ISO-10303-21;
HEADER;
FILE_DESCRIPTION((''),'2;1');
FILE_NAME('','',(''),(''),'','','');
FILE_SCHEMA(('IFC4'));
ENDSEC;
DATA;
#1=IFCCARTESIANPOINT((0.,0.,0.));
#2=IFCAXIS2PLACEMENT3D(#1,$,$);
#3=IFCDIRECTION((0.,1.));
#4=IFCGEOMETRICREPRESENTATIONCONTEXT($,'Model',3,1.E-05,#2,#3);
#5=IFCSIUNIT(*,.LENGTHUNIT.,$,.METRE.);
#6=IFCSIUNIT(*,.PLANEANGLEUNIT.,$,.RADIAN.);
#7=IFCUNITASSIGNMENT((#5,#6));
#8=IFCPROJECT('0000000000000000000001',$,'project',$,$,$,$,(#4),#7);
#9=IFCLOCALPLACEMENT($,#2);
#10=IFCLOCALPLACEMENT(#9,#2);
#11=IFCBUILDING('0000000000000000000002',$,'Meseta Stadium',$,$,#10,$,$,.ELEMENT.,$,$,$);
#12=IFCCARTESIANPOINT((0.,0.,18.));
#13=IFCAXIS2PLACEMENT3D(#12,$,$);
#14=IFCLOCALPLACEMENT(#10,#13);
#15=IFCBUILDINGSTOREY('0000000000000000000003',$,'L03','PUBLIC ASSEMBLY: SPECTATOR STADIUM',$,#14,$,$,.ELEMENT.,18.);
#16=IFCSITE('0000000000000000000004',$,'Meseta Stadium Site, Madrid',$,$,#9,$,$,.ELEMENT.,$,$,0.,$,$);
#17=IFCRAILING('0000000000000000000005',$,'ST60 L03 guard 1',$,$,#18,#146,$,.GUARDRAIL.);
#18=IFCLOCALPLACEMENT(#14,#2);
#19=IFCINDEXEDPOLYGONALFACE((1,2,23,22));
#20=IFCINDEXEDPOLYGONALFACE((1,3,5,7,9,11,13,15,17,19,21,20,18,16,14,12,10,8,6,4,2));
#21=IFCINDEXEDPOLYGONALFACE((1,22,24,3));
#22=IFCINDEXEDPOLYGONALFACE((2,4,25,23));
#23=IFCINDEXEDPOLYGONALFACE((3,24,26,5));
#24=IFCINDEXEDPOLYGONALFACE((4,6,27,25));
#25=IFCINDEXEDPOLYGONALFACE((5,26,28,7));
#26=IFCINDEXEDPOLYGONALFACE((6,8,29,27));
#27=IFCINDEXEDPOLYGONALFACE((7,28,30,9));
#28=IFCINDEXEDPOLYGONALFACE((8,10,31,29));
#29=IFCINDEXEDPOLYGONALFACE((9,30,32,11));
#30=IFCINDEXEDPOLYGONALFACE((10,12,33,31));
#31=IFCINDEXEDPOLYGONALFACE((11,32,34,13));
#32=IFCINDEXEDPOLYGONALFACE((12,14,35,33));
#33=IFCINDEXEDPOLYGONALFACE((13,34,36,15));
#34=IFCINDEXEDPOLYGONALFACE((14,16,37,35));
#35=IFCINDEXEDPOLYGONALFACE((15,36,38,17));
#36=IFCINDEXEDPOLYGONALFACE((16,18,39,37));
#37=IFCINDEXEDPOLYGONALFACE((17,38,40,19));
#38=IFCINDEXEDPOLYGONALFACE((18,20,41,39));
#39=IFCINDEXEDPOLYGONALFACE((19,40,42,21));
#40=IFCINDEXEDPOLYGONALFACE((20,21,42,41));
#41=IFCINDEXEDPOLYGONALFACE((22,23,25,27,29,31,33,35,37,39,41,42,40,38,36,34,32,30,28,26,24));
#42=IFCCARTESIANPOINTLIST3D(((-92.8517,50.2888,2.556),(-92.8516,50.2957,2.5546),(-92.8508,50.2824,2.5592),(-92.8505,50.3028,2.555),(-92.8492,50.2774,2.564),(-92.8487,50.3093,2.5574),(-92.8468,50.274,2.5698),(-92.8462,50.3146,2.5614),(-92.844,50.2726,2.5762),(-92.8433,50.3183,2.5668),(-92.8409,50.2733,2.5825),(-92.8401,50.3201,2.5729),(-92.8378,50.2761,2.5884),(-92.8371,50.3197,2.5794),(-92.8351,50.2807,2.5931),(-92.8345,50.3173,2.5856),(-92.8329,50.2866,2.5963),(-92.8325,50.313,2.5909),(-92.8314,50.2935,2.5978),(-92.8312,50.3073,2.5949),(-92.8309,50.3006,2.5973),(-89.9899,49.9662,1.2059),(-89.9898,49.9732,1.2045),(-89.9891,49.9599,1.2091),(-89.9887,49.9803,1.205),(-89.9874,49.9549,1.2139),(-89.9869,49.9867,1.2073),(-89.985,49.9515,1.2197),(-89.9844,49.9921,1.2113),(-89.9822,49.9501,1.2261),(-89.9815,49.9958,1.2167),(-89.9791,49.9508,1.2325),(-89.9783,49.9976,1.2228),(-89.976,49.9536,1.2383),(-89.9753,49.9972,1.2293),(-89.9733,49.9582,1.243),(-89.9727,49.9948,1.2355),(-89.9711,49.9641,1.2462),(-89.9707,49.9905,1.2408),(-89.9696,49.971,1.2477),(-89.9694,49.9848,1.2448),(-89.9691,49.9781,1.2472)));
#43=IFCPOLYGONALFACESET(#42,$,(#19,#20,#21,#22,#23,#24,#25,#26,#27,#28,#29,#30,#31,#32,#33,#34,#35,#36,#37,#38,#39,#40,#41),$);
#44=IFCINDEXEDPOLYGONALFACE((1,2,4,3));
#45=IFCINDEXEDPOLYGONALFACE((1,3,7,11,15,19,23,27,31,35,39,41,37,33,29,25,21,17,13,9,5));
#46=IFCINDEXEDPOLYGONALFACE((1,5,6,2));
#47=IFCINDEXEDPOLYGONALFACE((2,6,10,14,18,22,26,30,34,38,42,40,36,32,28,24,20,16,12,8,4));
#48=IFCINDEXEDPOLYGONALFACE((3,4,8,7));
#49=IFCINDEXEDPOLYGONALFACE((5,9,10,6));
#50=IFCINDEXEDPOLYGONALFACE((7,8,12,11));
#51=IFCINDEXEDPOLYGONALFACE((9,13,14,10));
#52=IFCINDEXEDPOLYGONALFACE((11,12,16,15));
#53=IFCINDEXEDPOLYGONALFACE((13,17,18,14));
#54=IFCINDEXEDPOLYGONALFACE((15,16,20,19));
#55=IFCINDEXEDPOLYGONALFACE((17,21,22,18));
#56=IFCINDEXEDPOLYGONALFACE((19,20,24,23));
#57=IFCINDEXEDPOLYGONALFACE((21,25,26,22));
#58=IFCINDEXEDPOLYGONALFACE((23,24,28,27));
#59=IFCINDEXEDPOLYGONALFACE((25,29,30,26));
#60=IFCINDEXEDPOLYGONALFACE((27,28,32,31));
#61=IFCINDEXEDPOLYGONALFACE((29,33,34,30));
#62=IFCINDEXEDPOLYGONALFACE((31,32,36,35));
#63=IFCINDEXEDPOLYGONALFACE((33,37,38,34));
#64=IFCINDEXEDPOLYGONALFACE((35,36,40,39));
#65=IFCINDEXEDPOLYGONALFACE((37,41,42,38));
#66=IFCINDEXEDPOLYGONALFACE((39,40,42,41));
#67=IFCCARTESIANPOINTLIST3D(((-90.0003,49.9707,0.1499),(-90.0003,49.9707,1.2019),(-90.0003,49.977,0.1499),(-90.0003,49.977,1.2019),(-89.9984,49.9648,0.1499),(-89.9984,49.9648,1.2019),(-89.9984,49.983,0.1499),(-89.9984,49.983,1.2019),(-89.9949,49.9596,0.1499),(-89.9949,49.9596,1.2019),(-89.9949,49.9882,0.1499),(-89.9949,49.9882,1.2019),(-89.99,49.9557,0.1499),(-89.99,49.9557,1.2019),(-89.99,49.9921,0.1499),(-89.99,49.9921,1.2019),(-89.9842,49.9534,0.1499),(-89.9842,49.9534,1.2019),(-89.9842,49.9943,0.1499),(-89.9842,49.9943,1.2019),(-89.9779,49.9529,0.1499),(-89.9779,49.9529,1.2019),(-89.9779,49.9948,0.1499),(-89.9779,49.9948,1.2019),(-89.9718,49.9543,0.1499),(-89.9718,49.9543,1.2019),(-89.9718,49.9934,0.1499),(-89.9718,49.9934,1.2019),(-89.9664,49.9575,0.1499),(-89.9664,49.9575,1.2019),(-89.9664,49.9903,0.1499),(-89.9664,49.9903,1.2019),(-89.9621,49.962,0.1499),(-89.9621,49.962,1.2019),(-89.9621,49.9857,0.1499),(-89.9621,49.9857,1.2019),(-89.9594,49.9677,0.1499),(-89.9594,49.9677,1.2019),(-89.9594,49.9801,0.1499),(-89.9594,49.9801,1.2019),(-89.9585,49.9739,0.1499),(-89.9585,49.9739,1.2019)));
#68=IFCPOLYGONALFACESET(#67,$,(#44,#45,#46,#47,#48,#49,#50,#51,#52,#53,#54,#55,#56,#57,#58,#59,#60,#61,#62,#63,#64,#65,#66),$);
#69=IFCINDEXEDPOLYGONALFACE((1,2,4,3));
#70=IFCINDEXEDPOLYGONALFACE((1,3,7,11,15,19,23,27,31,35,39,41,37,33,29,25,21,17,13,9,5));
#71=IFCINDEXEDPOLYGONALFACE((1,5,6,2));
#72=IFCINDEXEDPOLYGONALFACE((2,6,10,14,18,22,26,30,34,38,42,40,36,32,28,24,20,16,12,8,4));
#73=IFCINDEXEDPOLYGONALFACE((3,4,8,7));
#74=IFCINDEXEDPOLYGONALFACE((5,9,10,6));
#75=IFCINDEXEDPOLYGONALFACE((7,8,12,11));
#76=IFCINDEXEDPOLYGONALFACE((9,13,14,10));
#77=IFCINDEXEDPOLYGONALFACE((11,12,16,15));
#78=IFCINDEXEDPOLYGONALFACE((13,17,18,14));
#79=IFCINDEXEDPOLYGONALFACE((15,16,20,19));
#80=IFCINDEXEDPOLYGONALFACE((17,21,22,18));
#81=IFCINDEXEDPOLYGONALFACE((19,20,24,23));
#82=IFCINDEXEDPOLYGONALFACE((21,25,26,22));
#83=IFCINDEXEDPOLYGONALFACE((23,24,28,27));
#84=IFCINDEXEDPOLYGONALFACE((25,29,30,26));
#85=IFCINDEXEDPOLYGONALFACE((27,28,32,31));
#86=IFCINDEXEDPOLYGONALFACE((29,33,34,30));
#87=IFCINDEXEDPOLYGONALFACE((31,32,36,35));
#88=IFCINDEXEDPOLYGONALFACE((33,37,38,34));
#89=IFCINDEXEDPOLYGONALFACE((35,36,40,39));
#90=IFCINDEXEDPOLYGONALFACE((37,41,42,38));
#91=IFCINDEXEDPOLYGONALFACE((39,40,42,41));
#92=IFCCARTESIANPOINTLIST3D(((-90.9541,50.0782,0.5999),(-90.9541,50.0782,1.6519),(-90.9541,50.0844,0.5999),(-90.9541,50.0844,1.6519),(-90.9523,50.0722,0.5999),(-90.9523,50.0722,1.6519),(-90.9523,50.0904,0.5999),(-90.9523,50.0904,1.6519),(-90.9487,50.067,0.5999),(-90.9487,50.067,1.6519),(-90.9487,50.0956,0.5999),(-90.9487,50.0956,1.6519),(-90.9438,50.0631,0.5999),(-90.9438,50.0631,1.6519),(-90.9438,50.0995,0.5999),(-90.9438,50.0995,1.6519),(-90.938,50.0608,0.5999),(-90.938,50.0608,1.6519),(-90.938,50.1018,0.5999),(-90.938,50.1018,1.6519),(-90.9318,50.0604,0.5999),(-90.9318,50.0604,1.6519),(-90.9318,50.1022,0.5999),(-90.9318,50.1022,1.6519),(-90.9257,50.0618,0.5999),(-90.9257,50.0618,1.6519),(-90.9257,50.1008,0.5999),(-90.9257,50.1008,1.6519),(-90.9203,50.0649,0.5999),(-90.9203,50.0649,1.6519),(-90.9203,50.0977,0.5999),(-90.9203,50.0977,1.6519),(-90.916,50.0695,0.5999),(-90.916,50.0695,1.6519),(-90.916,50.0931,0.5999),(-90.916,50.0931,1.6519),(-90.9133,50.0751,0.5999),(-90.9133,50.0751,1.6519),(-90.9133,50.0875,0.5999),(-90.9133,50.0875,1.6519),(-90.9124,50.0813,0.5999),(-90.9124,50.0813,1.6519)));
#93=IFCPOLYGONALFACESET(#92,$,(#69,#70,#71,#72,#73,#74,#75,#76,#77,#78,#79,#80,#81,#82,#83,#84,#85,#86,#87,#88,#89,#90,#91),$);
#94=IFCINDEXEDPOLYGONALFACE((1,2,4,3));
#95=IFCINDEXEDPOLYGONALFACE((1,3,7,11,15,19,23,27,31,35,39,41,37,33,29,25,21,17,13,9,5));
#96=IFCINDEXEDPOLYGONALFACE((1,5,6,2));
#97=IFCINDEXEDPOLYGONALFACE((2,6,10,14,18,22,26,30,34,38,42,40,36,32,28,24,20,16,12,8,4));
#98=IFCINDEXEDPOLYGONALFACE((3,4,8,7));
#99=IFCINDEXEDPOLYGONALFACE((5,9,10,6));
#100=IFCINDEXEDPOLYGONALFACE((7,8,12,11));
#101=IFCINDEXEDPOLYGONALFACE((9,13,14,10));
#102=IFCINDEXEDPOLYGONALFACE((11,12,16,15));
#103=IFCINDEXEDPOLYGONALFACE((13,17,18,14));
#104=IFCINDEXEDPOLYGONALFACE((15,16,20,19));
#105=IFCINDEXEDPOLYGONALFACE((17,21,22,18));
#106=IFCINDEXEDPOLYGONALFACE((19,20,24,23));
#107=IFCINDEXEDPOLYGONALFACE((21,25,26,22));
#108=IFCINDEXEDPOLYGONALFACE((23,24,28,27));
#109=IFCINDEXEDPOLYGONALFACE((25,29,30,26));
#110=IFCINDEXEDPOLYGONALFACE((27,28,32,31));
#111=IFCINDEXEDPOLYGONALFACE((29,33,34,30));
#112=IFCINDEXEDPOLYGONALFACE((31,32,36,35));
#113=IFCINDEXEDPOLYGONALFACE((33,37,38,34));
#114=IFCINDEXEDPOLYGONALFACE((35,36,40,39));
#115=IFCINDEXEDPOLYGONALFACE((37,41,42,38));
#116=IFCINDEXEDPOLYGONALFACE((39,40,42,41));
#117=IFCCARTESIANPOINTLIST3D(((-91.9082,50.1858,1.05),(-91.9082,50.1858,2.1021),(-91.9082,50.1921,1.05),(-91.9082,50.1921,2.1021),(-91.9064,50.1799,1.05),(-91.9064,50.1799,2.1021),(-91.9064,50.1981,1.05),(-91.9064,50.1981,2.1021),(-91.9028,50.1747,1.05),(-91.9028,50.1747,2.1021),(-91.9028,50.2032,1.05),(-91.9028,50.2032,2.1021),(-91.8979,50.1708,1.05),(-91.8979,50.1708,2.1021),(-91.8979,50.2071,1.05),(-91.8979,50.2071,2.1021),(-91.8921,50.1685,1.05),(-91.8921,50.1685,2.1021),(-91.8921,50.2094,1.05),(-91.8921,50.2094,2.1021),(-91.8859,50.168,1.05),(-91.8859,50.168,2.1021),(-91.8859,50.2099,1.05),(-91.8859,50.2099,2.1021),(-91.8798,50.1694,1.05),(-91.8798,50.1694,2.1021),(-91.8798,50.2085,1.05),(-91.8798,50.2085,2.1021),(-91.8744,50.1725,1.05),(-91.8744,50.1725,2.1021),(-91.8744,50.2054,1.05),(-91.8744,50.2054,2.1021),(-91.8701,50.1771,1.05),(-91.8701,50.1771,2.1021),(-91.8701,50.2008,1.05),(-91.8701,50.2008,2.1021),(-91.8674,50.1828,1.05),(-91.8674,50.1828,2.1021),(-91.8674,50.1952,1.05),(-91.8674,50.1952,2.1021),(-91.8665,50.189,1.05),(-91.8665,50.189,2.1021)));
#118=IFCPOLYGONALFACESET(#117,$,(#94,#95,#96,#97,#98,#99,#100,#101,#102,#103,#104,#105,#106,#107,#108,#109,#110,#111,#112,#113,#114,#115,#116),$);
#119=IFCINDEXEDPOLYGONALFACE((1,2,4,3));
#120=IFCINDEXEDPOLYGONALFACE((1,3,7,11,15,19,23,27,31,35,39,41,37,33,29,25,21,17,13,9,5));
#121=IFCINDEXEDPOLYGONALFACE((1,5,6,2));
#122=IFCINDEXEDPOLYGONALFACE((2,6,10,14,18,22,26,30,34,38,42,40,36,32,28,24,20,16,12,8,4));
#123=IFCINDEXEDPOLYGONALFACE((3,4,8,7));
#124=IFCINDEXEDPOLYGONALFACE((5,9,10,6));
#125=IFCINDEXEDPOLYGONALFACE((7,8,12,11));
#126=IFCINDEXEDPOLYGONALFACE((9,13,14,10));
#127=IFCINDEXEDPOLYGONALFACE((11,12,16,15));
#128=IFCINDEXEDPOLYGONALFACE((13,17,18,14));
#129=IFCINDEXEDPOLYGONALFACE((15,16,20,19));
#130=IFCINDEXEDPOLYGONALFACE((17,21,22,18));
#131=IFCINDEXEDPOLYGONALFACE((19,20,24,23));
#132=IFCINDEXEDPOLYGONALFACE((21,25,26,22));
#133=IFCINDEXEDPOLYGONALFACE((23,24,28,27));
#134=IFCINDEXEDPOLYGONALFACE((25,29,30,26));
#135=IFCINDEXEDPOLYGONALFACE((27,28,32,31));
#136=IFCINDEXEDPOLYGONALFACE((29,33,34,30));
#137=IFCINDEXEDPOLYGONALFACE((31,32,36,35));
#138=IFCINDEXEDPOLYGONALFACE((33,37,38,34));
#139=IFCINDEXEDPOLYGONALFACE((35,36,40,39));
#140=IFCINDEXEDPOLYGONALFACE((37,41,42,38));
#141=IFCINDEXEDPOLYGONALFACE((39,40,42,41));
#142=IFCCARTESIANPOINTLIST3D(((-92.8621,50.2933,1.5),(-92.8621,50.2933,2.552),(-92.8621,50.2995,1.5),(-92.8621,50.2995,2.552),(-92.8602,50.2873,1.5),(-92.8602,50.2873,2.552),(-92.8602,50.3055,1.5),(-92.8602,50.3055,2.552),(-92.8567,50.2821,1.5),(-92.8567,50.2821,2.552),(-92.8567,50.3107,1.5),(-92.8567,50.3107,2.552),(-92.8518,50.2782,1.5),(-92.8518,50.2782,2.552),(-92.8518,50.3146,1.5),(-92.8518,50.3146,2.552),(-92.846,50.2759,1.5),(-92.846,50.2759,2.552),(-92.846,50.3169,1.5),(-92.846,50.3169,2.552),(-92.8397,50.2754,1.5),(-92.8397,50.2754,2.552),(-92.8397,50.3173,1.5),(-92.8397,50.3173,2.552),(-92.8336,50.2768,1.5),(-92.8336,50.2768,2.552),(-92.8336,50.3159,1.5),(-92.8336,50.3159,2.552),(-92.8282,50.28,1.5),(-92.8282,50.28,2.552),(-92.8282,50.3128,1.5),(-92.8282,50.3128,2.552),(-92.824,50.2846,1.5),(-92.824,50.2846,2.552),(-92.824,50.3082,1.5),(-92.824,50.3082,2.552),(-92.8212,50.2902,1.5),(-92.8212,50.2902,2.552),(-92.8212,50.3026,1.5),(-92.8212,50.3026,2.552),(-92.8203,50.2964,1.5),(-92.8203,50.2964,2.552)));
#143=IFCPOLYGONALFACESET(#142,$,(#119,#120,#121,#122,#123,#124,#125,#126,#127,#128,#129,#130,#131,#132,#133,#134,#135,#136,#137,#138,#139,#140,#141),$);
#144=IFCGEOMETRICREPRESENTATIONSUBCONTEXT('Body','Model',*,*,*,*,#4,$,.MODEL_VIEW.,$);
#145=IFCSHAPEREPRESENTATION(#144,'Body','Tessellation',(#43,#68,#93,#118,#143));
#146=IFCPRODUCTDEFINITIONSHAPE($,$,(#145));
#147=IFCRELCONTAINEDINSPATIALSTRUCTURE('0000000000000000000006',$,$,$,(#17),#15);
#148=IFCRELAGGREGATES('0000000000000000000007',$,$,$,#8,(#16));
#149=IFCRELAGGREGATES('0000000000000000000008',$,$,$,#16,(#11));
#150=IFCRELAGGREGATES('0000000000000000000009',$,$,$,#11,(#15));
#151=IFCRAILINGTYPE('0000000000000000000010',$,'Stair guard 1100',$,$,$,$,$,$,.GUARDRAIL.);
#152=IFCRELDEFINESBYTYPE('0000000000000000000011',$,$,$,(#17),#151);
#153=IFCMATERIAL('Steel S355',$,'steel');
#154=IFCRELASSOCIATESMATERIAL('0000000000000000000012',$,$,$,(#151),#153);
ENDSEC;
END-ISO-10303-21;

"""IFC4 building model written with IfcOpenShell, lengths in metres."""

from ifc_helpers import new_model, si_unit, direction, frame, origin, origin_2d, place, context, subcontext, project, spatial, circle, extrude, material, type_object, element, save


model = new_model("IFC4")

# Units and contexts
model_context = context("Model", 3, precision=1e-05, world=origin(), true_north=direction((0.0, 1.0)))
body_context = subcontext(model_context, "Body", "Model", "MODEL_VIEW")
ifc_project = project(units=[si_unit("LENGTHUNIT", "METRE"), si_unit("PLANEANGLEUNIT", "RADIAN")], contexts=[model_context])

# Site, building, storey
site_placement = place(None, origin())
site = spatial("IfcSite", under=ifc_project, at=site_placement, Name="Meseta Stadium Site, Madrid", CompositionType="ELEMENT", RefElevation=0.0)
building_placement = place(site_placement, origin())
building = spatial("IfcBuilding", under=site, at=building_placement, Name="Meseta Stadium", CompositionType="ELEMENT")
storey_placement = place(building_placement, frame((0.0, 0.0, 18.0)))
storey = spatial("IfcBuildingStorey", under=building, at=storey_placement, Name="L03", Description="PUBLIC ASSEMBLY: SPECTATOR STADIUM", CompositionType="ELEMENT", Elevation=18.0)

# Railing
ifc_material_1 = material(Name="Steel S355", Category="steel")
railing_type_1 = type_object("IfcRailingType", Name="Stair guard 1100", PredefinedType="GUARDRAIL", material=ifc_material_1)
railing_1_placement = place(storey_placement, frame((-89.9795, 49.9739, 0.1499)))
element("IfcRailing", 1, at=railing_1_placement, inside=storey, type_object=railing_type_1, Name="ST60 L03 guard 1", PredefinedType="GUARDRAIL", context=body_context, shape_type="SweptSolid", body=[
    extrude(circle(Radius=0.0239, at=origin_2d()), frame((0.0, 0.0, 1.0762), z_axis=(-0.899748, 0.101396, 0.424467), x_axis=(-0.111985, -0.99371, 0.0)), (0.0, 0.0, 1.0), 3.1807),
    extrude(circle(Radius=0.021, at=origin_2d()), origin(), (0.0, 0.0, 1.0), 1.052),
    extrude(circle(Radius=0.021, at=origin_2d()), frame((-0.9539, 0.1074, 0.45)), (0.0, 0.0, 1.0), 1.052),
    extrude(circle(Radius=0.021, at=origin_2d()), frame((-1.908, 0.2151, 0.9001)), (0.0, 0.0, 1.0), 1.052),
    extrude(circle(Radius=0.021, at=origin_2d()), frame((-2.8618, 0.3225, 1.3501)), (0.0, 0.0, 1.0), 1.052),
])

save(model, "model.ifc")
